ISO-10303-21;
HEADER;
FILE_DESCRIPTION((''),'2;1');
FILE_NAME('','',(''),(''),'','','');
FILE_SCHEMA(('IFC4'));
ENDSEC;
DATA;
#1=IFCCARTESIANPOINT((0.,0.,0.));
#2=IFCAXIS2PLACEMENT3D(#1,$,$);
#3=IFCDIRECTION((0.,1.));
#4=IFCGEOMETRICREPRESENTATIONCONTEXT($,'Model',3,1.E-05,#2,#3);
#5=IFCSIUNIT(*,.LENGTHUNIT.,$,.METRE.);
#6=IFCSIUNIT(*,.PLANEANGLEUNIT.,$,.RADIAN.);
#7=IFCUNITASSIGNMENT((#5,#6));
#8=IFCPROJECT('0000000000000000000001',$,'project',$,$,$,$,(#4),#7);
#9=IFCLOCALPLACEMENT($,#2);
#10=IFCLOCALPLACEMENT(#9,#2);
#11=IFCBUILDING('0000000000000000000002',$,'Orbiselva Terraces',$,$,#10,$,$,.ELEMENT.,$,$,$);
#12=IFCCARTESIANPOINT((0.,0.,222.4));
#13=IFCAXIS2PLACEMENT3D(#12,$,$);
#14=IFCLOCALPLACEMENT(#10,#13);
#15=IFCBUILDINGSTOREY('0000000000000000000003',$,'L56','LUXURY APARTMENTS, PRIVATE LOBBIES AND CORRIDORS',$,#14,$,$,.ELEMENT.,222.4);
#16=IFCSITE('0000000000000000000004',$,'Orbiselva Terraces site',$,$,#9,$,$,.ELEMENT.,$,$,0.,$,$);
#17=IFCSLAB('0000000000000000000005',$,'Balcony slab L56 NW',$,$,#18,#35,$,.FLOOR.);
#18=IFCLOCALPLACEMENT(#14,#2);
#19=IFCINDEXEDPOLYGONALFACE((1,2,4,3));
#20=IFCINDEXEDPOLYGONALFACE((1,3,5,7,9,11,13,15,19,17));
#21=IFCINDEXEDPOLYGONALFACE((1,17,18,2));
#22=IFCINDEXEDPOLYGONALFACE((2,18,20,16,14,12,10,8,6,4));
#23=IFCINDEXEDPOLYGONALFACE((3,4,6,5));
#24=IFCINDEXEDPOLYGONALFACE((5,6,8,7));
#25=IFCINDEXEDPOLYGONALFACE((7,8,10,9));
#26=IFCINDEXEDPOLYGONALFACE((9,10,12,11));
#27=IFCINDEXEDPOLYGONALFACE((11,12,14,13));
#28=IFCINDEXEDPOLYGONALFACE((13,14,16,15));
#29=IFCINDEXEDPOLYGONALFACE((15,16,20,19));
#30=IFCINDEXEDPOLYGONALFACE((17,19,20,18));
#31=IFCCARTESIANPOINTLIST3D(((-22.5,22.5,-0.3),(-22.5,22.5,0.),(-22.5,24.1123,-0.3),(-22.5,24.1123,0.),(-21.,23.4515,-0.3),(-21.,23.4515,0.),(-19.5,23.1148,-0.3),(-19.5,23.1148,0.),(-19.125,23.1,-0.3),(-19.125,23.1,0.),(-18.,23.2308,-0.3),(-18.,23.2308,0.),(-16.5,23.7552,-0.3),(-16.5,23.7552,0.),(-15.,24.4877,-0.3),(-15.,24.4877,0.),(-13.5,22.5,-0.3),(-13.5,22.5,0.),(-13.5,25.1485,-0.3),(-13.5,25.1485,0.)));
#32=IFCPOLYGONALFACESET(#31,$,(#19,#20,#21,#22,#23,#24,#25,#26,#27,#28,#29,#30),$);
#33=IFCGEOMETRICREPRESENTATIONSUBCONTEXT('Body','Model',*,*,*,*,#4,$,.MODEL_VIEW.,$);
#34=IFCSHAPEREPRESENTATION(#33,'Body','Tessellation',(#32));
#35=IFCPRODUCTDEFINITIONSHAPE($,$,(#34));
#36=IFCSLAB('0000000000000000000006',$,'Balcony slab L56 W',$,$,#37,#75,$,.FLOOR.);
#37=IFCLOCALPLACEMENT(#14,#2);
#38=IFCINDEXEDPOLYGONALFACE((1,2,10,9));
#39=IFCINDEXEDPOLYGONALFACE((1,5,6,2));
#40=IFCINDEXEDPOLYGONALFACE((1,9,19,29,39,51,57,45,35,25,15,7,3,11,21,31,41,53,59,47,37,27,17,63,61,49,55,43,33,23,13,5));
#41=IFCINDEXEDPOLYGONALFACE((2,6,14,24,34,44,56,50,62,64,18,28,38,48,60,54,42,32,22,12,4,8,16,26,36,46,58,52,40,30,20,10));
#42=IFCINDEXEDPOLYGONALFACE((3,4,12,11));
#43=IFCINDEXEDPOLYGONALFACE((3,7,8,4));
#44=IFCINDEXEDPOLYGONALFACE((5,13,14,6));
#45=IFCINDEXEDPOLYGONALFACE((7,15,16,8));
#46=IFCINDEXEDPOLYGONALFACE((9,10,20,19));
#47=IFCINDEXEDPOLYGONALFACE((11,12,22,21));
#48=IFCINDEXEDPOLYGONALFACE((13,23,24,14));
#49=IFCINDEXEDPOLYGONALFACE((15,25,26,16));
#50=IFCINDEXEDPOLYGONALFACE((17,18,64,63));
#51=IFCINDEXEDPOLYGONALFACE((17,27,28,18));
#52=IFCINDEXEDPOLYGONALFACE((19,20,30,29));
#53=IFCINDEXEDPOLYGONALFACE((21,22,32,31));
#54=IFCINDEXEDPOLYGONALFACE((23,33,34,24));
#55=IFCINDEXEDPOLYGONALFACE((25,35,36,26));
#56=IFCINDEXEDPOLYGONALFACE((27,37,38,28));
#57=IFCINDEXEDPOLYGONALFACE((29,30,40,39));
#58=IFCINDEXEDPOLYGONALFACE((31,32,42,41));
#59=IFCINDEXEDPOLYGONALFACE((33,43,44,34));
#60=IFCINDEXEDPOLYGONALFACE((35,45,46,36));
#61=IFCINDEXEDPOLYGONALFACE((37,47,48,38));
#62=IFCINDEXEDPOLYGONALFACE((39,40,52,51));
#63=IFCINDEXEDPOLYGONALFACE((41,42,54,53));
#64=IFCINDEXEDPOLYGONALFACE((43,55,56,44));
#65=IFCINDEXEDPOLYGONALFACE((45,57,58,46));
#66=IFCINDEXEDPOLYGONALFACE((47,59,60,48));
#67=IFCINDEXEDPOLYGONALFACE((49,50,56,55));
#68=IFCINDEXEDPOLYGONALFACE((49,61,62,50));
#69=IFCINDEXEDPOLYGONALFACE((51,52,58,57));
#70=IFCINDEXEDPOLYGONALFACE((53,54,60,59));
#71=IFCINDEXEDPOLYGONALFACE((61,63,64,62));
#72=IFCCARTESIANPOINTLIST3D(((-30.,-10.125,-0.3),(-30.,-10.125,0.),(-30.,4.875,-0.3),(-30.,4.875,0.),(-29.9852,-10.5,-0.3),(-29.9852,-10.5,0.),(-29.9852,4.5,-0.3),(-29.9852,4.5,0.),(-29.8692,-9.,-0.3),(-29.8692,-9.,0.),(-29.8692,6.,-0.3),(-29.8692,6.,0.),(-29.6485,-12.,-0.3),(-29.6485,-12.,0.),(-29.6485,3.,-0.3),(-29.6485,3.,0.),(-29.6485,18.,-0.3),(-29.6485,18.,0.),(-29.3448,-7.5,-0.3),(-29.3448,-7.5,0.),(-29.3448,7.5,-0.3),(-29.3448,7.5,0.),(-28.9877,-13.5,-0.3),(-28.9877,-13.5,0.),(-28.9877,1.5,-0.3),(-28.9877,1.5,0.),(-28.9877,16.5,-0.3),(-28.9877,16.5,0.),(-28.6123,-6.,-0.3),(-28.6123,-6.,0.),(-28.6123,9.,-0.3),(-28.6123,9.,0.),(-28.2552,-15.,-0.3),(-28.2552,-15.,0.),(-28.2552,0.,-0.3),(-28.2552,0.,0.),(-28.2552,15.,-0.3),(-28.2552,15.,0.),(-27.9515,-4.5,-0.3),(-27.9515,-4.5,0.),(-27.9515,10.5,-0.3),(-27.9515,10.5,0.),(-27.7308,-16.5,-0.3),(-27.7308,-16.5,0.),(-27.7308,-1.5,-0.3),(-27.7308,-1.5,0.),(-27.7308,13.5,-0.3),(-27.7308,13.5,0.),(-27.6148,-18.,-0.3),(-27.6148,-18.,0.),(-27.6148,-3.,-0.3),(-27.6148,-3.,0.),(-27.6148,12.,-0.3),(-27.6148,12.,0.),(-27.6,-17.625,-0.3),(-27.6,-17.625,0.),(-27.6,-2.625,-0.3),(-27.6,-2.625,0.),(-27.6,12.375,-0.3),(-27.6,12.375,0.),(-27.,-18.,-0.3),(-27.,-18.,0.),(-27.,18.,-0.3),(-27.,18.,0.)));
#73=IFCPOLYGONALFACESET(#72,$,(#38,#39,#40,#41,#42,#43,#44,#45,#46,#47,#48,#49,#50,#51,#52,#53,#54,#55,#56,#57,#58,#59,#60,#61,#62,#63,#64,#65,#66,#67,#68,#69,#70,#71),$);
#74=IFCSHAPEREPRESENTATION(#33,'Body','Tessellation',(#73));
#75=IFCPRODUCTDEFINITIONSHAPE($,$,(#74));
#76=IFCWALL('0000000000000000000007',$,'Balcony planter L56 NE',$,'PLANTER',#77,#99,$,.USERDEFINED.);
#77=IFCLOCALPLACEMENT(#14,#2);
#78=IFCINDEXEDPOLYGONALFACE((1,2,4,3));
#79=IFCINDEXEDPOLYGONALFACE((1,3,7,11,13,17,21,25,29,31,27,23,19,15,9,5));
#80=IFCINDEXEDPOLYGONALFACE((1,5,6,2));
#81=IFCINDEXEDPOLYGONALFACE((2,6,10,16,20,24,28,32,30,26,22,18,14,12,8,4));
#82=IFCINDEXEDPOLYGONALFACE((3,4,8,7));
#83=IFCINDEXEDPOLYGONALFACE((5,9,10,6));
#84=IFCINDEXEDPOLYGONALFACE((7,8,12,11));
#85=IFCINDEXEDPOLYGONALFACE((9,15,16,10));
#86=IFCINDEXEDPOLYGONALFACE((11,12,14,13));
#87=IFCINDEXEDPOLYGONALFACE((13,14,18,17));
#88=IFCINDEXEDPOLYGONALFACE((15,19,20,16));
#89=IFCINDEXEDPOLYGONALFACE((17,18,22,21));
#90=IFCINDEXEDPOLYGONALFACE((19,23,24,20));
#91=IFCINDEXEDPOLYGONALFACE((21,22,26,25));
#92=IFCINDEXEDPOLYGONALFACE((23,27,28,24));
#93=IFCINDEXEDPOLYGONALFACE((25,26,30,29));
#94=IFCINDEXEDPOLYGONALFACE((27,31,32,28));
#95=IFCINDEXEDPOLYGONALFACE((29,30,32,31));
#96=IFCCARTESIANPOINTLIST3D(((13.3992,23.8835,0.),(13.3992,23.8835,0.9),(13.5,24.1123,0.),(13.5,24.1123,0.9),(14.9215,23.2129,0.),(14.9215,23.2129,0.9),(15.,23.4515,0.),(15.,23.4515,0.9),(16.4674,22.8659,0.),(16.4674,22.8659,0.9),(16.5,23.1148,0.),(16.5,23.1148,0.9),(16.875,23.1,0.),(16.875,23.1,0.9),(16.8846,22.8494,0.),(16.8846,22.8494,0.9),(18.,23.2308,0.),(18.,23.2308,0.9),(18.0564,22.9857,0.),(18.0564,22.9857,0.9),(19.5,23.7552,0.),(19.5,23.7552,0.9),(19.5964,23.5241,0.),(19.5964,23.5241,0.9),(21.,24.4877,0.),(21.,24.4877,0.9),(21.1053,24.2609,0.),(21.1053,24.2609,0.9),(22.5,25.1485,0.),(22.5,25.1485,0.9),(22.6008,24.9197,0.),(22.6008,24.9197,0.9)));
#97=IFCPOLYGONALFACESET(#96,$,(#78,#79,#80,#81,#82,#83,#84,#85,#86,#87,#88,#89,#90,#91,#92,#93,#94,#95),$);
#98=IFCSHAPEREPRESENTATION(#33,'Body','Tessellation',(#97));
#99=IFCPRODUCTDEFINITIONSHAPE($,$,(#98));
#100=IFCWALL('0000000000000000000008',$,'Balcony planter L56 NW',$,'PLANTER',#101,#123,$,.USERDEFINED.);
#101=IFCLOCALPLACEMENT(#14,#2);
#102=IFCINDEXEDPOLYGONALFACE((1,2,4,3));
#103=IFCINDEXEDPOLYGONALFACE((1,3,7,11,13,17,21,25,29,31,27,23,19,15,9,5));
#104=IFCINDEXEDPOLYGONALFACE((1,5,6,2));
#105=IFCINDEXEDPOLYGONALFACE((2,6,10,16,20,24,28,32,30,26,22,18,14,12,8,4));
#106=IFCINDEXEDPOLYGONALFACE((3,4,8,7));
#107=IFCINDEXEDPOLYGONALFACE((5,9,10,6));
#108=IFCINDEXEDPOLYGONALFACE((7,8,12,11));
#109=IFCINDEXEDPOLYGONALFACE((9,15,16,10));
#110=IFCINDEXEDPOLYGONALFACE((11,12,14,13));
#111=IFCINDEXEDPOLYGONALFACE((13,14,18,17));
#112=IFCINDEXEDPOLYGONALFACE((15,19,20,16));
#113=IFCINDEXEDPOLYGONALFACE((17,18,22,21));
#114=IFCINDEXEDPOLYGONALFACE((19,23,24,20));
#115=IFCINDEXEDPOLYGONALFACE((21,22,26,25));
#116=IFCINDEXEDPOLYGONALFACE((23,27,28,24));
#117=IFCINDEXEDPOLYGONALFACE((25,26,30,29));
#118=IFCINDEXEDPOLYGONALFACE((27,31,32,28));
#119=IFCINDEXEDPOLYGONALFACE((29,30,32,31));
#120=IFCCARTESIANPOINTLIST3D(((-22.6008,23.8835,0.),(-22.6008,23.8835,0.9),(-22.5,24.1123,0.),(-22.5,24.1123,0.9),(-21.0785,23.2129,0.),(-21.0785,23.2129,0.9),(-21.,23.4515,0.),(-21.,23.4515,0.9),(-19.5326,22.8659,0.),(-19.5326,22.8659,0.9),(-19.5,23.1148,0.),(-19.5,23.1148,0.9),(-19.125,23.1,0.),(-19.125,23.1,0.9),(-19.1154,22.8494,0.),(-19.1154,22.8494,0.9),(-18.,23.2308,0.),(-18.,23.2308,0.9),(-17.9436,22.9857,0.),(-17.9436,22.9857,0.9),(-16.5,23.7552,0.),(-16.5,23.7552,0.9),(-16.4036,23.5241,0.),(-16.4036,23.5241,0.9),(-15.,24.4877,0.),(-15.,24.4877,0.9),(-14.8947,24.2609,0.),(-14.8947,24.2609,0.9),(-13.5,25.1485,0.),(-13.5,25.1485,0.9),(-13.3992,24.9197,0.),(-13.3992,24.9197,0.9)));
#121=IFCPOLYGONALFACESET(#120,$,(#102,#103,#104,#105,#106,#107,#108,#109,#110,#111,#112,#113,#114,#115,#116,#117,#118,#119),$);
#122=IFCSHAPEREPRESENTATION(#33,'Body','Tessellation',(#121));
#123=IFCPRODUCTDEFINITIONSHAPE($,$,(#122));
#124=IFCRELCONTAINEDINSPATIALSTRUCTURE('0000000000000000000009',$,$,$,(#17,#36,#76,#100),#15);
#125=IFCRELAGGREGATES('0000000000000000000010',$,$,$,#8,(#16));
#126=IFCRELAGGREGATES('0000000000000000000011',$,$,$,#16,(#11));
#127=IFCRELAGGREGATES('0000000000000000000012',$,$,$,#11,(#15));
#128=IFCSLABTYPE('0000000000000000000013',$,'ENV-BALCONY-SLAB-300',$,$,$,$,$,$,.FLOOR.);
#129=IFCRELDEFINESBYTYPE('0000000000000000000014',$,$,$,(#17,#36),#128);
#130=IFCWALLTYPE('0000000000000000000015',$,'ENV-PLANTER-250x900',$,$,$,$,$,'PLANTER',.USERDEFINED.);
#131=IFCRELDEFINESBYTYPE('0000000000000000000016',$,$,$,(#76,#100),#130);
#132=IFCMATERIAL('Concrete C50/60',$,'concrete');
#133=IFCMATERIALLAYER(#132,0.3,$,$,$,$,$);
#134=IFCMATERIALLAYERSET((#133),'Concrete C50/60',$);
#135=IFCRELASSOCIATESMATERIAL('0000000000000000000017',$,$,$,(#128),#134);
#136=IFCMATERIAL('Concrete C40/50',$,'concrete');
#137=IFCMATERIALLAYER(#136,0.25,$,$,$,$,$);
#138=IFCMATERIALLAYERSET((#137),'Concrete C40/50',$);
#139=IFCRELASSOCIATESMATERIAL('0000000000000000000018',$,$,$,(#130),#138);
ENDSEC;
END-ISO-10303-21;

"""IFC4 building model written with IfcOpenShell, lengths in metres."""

from ifc_helpers import new_model, si_unit, direction, frame, origin, place, context, subcontext, project, spatial, polyline, outline, extrude, material, layer, layer_set, type_object, element, save


model = new_model("IFC4")

# Units and contexts
model_context = context("Model", 3, precision=1e-05, world=origin(), true_north=direction((0.0, 1.0)))
body_context = subcontext(model_context, "Body", "Model", "MODEL_VIEW")
ifc_project = project(units=[si_unit("LENGTHUNIT", "METRE"), si_unit("PLANEANGLEUNIT", "RADIAN")], contexts=[model_context])

# Site, building, storey
site_placement = place(None, origin())
site = spatial("IfcSite", under=ifc_project, at=site_placement, Name="Orbiselva Terraces site", CompositionType="ELEMENT", RefElevation=0.0)
building_placement = place(site_placement, origin())
building = spatial("IfcBuilding", under=site, at=building_placement, Name="Orbiselva Terraces", CompositionType="ELEMENT")
storey_placement = place(building_placement, frame((0.0, 0.0, 222.4)))
storey = spatial("IfcBuildingStorey", under=building, at=storey_placement, Name="L56", Description="LUXURY APARTMENTS, PRIVATE LOBBIES AND CORRIDORS", CompositionType="ELEMENT", Elevation=222.4)

# Shared definitions
ifc_material_1 = material(Name="Concrete C50/60", Category="concrete")

# Shared definitions
ifc_material_2 = material(Name="Concrete C40/50", Category="concrete")

# Slabs
ifc_layer_1 = layer(ifc_material_1, 0.3)
ifc_layer_set_1 = layer_set([ifc_layer_1], Name="Concrete C50/60")
slab_type_1 = type_object("IfcSlabType", Name="ENV-BALCONY-SLAB-300", PredefinedType="FLOOR", material=ifc_layer_set_1)
slab_1_placement = place(storey_placement, frame((0.0, 0.0, -0.3)))
element("IfcSlab", 1, at=slab_1_placement, inside=storey, type_object=slab_type_1, Name="Balcony slab L56 NW", PredefinedType="FLOOR", context=body_context, shape_type="SweptSolid", body=[
    extrude(outline(polyline([(-13.5, 25.1485), (-15.0, 24.4877), (-16.5, 23.7552), (-18.0, 23.2308), (-19.125, 23.1), (-19.5, 23.1148), (-21.0, 23.4515), (-22.5, 24.1123), (-22.5, 22.5), (-13.5, 22.5), (-13.5, 25.1485)])), origin(), (0.0, 0.0, 1.0), 0.3),
])
slab_2_placement = place(storey_placement, frame((0.0, 0.0, -0.3)))
element("IfcSlab", 2, at=slab_2_placement, inside=storey, type_object=slab_type_1, Name="Balcony slab L56 W", PredefinedType="FLOOR", context=body_context, shape_type="SweptSolid", body=[
    extrude(outline(polyline([(-29.6485, 18.0), (-28.9877, 16.5), (-28.2552, 15.0), (-27.7308, 13.5), (-27.6, 12.375), (-27.6148, 12.0), (-27.9515, 10.5), (-28.6123, 9.0), (-29.3448, 7.5), (-29.8692, 6.0), (-30.0, 4.875), (-29.9852, 4.5), (-29.6485, 3.0), (-28.9877, 1.5), (-28.2552, 0.0), (-27.7308, -1.5), (-27.6, -2.625), (-27.6148, -3.0), (-27.9515, -4.5), (-28.6123, -6.0), (-29.3448, -7.5), (-29.8692, -9.0), (-30.0, -10.125), (-29.9852, -10.5), (-29.6485, -12.0), (-28.9877, -13.5), (-28.2552, -15.0), (-27.7308, -16.5), (-27.6, -17.625), (-27.6148, -18.0), (-27.0, -18.0), (-27.0, 18.0), (-29.6485, 18.0)])), origin(), (0.0, 0.0, 1.0), 0.3),
])

# Walls
ifc_layer_2 = layer(ifc_material_2, 0.25)
ifc_layer_set_2 = layer_set([ifc_layer_2], Name="Concrete C40/50")
wall_type_1 = type_object("IfcWallType", Name="ENV-PLANTER-250x900", ElementType="PLANTER", PredefinedType="USERDEFINED", material=ifc_layer_set_2)
wall_1_placement = place(storey_placement, origin())
element("IfcWall", 3, at=wall_1_placement, inside=storey, type_object=wall_type_1, Name="Balcony planter L56 NE", ObjectType="PLANTER", PredefinedType="USERDEFINED", context=body_context, shape_type="SweptSolid", body=[
    extrude(outline(polyline([(22.5, 25.1485), (21.0, 24.4877), (19.5, 23.7552), (18.0, 23.2308), (16.875, 23.1), (16.5, 23.1148), (15.0, 23.4515), (13.5, 24.1123), (13.3992, 23.8835), (14.9215, 23.2129), (16.4674, 22.8659), (16.8846, 22.8494), (18.0564, 22.9857), (19.5964, 23.5241), (21.1053, 24.2609), (22.6008, 24.9197), (22.5, 25.1485)])), origin(), (0.0, 0.0, 1.0), 0.9),
])
wall_2_placement = place(storey_placement, origin())
element("IfcWall", 4, at=wall_2_placement, inside=storey, type_object=wall_type_1, Name="Balcony planter L56 NW", ObjectType="PLANTER", PredefinedType="USERDEFINED", context=body_context, shape_type="SweptSolid", body=[
    extrude(outline(polyline([(-13.5, 25.1485), (-15.0, 24.4877), (-16.5, 23.7552), (-18.0, 23.2308), (-19.125, 23.1), (-19.5, 23.1148), (-21.0, 23.4515), (-22.5, 24.1123), (-22.6008, 23.8835), (-21.0785, 23.2129), (-19.5326, 22.8659), (-19.1154, 22.8494), (-17.9436, 22.9857), (-16.4036, 23.5241), (-14.8947, 24.2609), (-13.3992, 24.9197), (-13.5, 25.1485)])), origin(), (0.0, 0.0, 1.0), 0.9),
])

save(model, "model.ifc")
